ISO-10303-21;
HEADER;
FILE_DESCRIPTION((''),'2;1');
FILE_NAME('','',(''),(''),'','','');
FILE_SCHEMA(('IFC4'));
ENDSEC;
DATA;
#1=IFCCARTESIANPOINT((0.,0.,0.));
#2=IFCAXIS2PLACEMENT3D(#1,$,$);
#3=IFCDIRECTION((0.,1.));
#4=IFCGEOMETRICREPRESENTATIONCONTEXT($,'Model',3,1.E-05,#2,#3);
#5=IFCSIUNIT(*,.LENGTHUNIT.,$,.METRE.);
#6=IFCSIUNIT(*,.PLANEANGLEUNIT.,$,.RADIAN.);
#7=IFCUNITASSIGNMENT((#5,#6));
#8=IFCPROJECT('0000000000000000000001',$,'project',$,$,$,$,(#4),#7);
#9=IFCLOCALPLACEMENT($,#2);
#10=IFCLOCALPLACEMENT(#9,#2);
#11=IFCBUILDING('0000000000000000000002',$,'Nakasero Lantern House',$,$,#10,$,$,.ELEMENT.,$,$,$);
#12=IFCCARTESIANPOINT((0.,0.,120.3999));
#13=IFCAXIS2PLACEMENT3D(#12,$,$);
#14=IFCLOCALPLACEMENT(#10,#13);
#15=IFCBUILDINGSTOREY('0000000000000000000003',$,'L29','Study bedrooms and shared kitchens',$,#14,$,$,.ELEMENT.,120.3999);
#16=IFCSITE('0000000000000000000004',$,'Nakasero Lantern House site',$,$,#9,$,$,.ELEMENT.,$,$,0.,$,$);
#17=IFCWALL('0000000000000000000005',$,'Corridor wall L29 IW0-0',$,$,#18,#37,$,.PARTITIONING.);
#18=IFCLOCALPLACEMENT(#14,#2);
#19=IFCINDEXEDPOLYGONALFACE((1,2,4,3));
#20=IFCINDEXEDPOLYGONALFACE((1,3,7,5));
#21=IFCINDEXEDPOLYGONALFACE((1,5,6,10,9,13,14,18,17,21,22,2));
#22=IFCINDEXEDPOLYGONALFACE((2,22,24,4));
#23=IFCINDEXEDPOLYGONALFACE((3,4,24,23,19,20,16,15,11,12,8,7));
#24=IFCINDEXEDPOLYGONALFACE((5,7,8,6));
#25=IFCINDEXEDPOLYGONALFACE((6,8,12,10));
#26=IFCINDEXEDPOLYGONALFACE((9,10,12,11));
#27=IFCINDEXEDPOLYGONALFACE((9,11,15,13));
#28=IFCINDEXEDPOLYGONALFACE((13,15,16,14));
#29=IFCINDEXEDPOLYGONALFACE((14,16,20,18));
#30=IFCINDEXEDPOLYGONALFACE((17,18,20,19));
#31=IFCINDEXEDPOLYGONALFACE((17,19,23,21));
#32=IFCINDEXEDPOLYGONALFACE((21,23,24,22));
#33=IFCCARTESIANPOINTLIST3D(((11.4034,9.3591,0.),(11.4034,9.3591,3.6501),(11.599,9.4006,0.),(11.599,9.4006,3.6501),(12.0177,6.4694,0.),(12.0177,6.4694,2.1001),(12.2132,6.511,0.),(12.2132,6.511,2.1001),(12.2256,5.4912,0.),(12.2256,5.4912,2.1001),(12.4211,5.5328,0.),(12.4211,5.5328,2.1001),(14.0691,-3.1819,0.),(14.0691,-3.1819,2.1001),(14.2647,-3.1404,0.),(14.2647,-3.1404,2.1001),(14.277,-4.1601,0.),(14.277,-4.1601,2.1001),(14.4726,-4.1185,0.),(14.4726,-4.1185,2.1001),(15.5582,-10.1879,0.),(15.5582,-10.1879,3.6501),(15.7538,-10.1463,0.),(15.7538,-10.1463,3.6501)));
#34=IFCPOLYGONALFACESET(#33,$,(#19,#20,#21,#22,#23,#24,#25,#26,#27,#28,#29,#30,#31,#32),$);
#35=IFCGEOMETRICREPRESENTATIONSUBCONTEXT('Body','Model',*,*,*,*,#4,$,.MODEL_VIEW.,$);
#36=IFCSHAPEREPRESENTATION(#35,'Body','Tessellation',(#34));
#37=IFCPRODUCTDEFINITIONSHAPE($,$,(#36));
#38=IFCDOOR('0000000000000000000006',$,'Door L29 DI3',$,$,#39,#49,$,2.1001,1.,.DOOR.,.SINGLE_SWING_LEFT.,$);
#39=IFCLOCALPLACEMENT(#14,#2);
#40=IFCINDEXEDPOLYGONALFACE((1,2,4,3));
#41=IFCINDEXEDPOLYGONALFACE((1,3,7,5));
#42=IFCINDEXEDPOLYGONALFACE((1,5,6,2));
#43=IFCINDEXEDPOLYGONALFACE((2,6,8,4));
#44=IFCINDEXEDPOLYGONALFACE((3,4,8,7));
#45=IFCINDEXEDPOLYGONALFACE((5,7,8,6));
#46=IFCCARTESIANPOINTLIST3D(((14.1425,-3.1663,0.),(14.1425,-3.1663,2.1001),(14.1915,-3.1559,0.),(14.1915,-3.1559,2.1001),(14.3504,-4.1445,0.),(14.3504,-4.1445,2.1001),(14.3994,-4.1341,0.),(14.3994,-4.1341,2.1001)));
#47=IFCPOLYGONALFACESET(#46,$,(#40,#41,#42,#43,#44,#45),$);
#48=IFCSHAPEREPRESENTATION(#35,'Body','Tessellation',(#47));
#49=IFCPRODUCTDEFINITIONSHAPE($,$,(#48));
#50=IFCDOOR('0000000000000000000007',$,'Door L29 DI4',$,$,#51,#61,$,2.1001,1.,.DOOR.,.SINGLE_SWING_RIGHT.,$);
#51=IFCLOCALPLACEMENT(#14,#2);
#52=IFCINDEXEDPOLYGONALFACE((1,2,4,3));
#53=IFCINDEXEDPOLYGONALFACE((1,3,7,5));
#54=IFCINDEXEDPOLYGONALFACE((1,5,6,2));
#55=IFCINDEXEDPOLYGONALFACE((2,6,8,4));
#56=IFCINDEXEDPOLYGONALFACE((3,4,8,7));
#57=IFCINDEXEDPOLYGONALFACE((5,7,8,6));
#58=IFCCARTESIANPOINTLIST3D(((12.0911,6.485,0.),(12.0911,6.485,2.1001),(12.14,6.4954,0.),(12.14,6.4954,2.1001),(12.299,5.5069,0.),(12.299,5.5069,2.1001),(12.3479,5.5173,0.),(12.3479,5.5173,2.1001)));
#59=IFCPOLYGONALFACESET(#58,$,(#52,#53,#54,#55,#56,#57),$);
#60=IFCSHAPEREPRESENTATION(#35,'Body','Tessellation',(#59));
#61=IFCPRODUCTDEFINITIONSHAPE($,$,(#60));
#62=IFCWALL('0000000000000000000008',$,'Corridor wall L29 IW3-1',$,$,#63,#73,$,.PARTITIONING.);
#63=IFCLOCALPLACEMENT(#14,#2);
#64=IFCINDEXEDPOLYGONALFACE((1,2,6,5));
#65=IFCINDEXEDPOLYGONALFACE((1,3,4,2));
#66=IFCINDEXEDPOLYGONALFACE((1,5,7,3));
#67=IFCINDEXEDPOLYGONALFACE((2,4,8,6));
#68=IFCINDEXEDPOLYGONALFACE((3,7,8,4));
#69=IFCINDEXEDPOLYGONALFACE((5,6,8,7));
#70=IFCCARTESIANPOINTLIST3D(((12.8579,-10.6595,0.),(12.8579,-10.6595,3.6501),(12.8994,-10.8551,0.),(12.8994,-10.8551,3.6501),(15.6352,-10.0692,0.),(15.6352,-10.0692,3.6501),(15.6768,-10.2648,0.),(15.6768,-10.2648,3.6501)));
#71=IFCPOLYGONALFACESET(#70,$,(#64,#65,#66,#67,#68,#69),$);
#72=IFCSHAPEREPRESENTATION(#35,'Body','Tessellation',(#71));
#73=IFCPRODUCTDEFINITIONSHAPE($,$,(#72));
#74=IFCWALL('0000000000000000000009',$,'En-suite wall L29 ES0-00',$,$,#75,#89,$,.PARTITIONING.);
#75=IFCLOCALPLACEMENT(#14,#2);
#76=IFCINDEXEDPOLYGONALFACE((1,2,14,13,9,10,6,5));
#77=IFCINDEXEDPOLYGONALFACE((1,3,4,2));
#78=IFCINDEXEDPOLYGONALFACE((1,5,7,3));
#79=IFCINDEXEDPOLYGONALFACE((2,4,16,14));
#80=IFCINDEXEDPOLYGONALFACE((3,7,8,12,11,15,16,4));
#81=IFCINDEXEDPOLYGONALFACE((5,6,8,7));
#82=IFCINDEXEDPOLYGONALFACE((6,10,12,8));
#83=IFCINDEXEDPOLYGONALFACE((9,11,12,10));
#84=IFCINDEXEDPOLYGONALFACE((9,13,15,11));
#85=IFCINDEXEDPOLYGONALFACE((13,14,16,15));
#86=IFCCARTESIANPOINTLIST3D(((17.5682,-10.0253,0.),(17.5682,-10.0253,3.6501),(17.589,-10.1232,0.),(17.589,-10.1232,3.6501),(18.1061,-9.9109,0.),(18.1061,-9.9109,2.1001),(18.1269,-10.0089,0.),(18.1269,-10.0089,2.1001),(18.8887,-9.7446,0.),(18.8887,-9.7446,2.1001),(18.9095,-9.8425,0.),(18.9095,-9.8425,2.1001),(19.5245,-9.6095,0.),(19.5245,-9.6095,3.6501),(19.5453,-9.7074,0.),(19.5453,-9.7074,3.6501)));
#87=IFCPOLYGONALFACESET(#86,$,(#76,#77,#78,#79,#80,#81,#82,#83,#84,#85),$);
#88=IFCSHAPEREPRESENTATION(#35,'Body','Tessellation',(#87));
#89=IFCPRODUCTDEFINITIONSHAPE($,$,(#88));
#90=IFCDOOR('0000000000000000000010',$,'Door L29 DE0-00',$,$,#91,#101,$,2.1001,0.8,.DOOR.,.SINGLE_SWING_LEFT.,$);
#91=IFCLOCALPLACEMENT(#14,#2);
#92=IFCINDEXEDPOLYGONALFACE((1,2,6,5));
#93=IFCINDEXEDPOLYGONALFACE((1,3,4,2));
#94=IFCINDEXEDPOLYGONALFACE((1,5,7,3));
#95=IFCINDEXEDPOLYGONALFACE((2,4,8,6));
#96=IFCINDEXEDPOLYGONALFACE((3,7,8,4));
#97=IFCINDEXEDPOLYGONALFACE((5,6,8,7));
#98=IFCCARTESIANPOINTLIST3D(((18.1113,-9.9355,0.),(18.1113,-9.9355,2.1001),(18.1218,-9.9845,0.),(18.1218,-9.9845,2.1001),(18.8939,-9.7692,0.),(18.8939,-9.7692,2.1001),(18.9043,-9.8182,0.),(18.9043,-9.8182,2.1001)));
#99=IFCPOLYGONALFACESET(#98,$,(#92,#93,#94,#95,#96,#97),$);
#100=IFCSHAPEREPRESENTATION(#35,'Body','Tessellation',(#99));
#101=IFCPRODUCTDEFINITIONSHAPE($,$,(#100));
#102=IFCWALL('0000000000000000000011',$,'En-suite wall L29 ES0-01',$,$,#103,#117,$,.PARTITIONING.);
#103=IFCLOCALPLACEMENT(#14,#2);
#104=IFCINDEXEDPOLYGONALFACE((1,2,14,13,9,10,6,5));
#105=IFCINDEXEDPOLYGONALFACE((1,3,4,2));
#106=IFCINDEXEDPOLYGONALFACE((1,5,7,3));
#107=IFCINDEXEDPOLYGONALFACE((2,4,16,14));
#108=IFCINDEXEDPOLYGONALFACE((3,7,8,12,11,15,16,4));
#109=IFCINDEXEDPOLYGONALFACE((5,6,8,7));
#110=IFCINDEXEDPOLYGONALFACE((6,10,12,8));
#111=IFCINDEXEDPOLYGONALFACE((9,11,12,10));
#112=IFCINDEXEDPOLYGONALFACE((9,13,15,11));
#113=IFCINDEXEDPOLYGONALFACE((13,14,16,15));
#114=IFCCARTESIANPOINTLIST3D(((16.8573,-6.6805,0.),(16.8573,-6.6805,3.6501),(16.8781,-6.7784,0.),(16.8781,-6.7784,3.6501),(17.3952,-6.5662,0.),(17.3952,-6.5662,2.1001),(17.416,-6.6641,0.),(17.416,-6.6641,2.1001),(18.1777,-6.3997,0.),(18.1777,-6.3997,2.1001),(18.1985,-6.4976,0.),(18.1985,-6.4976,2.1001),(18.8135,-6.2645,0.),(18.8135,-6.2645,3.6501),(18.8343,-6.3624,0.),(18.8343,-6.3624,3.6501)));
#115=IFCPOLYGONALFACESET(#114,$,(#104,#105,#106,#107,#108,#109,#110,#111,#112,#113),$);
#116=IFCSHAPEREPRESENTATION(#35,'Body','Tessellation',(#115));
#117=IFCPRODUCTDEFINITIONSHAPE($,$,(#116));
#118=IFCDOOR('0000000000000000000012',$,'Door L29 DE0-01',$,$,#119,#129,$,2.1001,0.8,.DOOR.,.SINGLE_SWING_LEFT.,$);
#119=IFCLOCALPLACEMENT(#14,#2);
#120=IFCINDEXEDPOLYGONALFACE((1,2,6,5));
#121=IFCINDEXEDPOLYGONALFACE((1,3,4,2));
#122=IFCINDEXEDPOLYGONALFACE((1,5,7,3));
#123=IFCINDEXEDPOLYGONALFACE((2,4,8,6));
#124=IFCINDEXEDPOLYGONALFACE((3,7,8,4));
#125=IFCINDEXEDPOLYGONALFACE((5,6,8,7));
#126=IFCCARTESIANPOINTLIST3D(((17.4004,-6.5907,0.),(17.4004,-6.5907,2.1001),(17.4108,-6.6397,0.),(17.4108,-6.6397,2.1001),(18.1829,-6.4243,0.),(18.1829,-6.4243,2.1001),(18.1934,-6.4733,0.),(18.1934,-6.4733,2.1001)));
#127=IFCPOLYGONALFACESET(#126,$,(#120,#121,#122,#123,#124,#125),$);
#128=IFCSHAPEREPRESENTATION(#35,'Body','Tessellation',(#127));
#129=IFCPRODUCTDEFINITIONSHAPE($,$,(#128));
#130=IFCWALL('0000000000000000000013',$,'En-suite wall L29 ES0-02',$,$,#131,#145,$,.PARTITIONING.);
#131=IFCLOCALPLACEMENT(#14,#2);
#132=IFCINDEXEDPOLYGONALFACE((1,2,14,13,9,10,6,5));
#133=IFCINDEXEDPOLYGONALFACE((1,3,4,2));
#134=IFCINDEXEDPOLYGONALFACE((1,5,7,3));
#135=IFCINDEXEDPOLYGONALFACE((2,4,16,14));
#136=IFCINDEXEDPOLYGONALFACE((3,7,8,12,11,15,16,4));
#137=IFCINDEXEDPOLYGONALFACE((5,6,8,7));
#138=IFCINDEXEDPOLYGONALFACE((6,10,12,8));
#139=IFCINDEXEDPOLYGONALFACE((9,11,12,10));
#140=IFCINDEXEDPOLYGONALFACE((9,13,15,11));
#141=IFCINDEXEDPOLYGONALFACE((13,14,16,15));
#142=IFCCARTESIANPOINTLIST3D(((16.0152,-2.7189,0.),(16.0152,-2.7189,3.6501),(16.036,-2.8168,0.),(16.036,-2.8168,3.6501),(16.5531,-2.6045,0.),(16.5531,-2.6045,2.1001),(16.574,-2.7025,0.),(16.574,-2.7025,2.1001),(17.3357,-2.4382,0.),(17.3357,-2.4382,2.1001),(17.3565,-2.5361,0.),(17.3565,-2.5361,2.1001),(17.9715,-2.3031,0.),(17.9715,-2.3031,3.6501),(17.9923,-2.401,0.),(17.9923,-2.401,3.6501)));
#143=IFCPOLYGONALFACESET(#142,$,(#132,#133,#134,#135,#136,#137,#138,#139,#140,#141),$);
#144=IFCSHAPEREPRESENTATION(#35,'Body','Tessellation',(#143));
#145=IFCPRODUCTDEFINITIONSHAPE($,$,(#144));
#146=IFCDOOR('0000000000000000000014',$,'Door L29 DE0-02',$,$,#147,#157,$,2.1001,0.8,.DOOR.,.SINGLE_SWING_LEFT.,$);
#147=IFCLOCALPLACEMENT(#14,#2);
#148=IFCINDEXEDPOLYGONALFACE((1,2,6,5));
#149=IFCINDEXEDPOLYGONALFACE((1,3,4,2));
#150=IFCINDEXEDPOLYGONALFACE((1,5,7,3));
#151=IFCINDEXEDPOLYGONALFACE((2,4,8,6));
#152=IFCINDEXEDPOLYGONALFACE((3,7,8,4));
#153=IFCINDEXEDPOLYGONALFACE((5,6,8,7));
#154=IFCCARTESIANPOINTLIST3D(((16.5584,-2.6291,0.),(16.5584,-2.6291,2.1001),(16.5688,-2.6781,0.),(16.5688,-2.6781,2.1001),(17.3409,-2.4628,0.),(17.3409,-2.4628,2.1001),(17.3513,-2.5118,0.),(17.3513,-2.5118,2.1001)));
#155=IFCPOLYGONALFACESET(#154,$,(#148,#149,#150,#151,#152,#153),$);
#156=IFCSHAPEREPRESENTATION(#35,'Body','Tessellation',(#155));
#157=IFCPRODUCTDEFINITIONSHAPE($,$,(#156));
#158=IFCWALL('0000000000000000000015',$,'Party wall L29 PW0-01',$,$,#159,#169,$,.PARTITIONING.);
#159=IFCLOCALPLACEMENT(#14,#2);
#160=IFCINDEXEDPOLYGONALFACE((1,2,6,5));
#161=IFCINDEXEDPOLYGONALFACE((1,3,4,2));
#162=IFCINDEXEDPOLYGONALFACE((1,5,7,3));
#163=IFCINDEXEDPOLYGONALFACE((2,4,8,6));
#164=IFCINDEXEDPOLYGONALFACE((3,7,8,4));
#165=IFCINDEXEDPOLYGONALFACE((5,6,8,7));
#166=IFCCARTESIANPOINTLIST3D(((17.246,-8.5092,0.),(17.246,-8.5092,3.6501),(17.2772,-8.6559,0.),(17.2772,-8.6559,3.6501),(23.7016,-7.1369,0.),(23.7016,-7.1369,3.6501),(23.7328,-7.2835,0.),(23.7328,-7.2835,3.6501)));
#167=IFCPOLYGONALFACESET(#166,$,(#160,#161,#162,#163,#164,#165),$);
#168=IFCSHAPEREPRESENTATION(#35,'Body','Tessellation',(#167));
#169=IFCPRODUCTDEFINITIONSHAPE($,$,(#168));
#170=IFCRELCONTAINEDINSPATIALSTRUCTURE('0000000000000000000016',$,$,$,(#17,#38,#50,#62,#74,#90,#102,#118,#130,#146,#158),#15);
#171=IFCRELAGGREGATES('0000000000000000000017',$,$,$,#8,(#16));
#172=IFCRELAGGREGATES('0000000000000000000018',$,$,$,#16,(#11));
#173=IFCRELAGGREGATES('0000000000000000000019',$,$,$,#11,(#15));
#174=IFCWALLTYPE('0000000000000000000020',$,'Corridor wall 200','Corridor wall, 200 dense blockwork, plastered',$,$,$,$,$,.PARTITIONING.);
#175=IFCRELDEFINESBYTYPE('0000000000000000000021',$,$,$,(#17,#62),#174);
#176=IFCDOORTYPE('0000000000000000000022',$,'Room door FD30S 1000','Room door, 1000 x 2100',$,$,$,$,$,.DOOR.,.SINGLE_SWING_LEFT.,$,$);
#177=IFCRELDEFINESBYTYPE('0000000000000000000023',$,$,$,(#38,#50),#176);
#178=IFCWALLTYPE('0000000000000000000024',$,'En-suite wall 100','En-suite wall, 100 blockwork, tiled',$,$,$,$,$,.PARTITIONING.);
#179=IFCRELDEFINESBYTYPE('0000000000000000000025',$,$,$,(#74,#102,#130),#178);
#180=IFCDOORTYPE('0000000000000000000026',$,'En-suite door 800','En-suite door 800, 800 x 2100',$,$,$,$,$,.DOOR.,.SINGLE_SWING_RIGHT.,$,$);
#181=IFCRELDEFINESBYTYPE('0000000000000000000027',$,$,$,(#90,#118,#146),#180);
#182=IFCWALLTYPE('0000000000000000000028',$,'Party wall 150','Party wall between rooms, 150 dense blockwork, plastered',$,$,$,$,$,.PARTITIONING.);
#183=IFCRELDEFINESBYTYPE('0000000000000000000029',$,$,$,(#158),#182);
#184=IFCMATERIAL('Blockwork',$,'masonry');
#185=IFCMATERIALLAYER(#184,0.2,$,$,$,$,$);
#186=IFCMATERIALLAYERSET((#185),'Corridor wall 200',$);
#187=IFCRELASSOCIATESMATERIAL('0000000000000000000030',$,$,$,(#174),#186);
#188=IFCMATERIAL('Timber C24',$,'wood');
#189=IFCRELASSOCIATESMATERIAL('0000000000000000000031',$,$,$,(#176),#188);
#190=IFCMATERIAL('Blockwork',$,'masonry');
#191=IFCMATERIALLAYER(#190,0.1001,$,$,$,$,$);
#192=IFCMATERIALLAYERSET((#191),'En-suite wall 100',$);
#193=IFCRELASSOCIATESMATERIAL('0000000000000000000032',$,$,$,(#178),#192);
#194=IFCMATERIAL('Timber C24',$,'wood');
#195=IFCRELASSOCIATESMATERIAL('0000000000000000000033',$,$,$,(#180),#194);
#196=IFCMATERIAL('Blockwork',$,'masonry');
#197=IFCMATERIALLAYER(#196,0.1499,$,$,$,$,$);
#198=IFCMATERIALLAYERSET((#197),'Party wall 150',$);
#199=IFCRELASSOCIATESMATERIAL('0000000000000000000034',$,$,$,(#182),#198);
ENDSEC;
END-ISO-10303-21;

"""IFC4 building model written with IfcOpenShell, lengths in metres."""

from ifc_helpers import new_model, si_unit, direction, frame, frame_2d, origin, place, context, subcontext, project, spatial, rectangle, extrude, material, layer, layer_set, type_object, element, fill, save


model = new_model("IFC4")

# Units and contexts
model_context = context("Model", 3, precision=1e-05, world=origin(), true_north=direction((0.0, 1.0)))
body_context = subcontext(model_context, "Body", "Model", "MODEL_VIEW")
ifc_project = project(units=[si_unit("LENGTHUNIT", "METRE"), si_unit("PLANEANGLEUNIT", "RADIAN")], contexts=[model_context])

# Site, building, storey
site_placement = place(None, origin())
site = spatial("IfcSite", under=ifc_project, at=site_placement, Name="Nakasero Lantern House site", CompositionType="ELEMENT", RefElevation=0.0)
building_placement = place(site_placement, origin())
building = spatial("IfcBuilding", under=site, at=building_placement, Name="Nakasero Lantern House", CompositionType="ELEMENT")
storey_placement = place(building_placement, frame((0.0, 0.0, 120.3999)))
storey = spatial("IfcBuildingStorey", under=building, at=storey_placement, Name="L29", Description="Study bedrooms and shared kitchens", CompositionType="ELEMENT", Elevation=120.3999)

# Wall, openings, doors
ifc_material_1 = material(Name="Blockwork", Category="masonry")
ifc_layer_1 = layer(ifc_material_1, 0.2)
ifc_layer_set_1 = layer_set([ifc_layer_1], Name="Corridor wall 200")
wall_type_1 = type_object("IfcWallType", Name="Corridor wall 200", Description="Corridor wall, 200 dense blockwork, plastered", PredefinedType="PARTITIONING", material=ifc_layer_set_1)
wall_1_placement = place(storey_placement, frame((15.656, -10.167, 0.0), z_axis=(0.0, 0.0, 1.0), x_axis=(-0.20791, 0.978148, 0.0)))
wall_1 = element("IfcWall", 1, at=wall_1_placement, inside=storey, type_object=wall_type_1, Name="Corridor wall L29 IW0-0", PredefinedType="PARTITIONING", context=body_context, shape_type="SweptSolid", body=[
    extrude(rectangle(XDim=19.9836, YDim=0.2, at=frame_2d((9.9917, 0.0))), origin(), (0.0, 0.0, 1.0), 3.6501),
])
opening_1_placement = place(wall_1_placement, frame((6.1624, 0.0, 0.0)))
opening_1 = element("IfcOpeningElement", 2, at=opening_1_placement, cuts=wall_1, PredefinedType="OPENING", context=body_context, shape_type="SweptSolid", body=[
    extrude(rectangle(XDim=1.0, YDim=2.1001, at=frame_2d((0.5, 1.05))), frame((0.0, 0.1199, 0.0), z_axis=(0.0, -1.0, 0.0), x_axis=(1.0, 0.0, 0.0)), (0.0, 0.0, 1.0), 0.24),
])
opening_2_placement = place(wall_1_placement, frame((16.0293, 0.0, 0.0)))
opening_2 = element("IfcOpeningElement", 3, at=opening_2_placement, cuts=wall_1, PredefinedType="OPENING", context=body_context, shape_type="SweptSolid", body=[
    extrude(rectangle(XDim=1.0, YDim=2.1001, at=frame_2d((0.5, 1.05))), frame((0.0, 0.1199, 0.0), z_axis=(0.0, -1.0, 0.0), x_axis=(1.0, 0.0, 0.0)), (0.0, 0.0, 1.0), 0.24),
])
ifc_material_2 = material(Name="Timber C24", Category="wood")
door_type_1 = type_object("IfcDoorType", Name="Room door FD30S 1000", Description="Room door, 1000 x 2100", OperationType="SINGLE_SWING_LEFT", PredefinedType="DOOR", material=ifc_material_2)
door_1_placement = place(opening_1_placement, origin())
door_1 = element("IfcDoor", 4, at=door_1_placement, inside=storey, type_object=door_type_1, Name="Door L29 DI3", OperationType="SINGLE_SWING_LEFT", OverallHeight=2.1001, OverallWidth=1.0, PredefinedType="DOOR", context=body_context, shape_type="SweptSolid", body=[
    extrude(rectangle(XDim=1.0, YDim=2.1001, at=frame_2d((0.5, 1.05))), frame((0.0, 0.0249, 0.0), z_axis=(0.0, -1.0, 0.0), x_axis=(1.0, 0.0, 0.0)), (0.0, 0.0, 1.0), 0.05),
])
fill(opening_1, door_1)
door_2_placement = place(opening_2_placement, origin())
door_2 = element("IfcDoor", 5, at=door_2_placement, inside=storey, type_object=door_type_1, Name="Door L29 DI4", OperationType="SINGLE_SWING_RIGHT", OverallHeight=2.1001, OverallWidth=1.0, PredefinedType="DOOR", context=body_context, shape_type="SweptSolid", body=[
    extrude(rectangle(XDim=1.0, YDim=2.1001, at=frame_2d((0.5, 1.05))), frame((0.0, 0.0249, 0.0), z_axis=(0.0, -1.0, 0.0), x_axis=(1.0, 0.0, 0.0)), (0.0, 0.0, 1.0), 0.05),
])
fill(opening_2, door_2)

# Wall
wall_2_placement = place(storey_placement, frame((12.8787, -10.7573, 0.0), z_axis=(0.0, 0.0, 1.0), x_axis=(0.978148, 0.207908, 0.0)))
element("IfcWall", 6, at=wall_2_placement, inside=storey, type_object=wall_type_1, Name="Corridor wall L29 IW3-1", PredefinedType="PARTITIONING", context=body_context, shape_type="SweptSolid", body=[
    extrude(rectangle(XDim=2.8394, YDim=0.2, at=frame_2d((1.4197, 0.0))), origin(), (0.0, 0.0, 1.0), 3.6501),
])

# Walls, openings, doors
ifc_material_3 = material(Name="Blockwork", Category="masonry")
ifc_layer_2 = layer(ifc_material_3, 0.1001)
ifc_layer_set_2 = layer_set([ifc_layer_2], Name="En-suite wall 100")
wall_type_2 = type_object("IfcWallType", Name="En-suite wall 100", Description="En-suite wall, 100 blockwork, tiled", PredefinedType="PARTITIONING", material=ifc_layer_set_2)
wall_3_placement = place(storey_placement, frame((17.5786, -10.0742, 0.0), z_axis=(0.0, 0.0, 1.0), x_axis=(0.978153, 0.207886, 0.0)))
wall_3 = element("IfcWall", 7, at=wall_3_placement, inside=storey, type_object=wall_type_2, Name="En-suite wall L29 ES0-00", PredefinedType="PARTITIONING", context=body_context, shape_type="SweptSolid", body=[
    extrude(rectangle(XDim=2.0, YDim=0.1001, at=frame_2d((1.0, 0.0))), origin(), (0.0, 0.0, 1.0), 3.6501),
])
opening_3_placement = place(wall_3_placement, frame((0.55, 0.0, 0.0)))
opening_3 = element("IfcOpeningElement", 8, at=opening_3_placement, cuts=wall_3, PredefinedType="OPENING", context=body_context, shape_type="SweptSolid", body=[
    extrude(rectangle(XDim=0.8, YDim=2.1001, at=frame_2d((0.3999, 1.05))), frame((0.0, 0.0701, 0.0), z_axis=(0.0, -1.0, 0.0), x_axis=(1.0, 0.0, 0.0)), (0.0, 0.0, 1.0), 0.1401),
])
ifc_material_4 = material(Name="Timber C24", Category="wood")
door_type_2 = type_object("IfcDoorType", Name="En-suite door 800", Description="En-suite door 800, 800 x 2100", OperationType="SINGLE_SWING_RIGHT", PredefinedType="DOOR", material=ifc_material_4)
door_3_placement = place(opening_3_placement, origin())
door_3 = element("IfcDoor", 9, at=door_3_placement, inside=storey, type_object=door_type_2, Name="Door L29 DE0-00", OperationType="SINGLE_SWING_LEFT", OverallHeight=2.1001, OverallWidth=0.8, PredefinedType="DOOR", context=body_context, shape_type="SweptSolid", body=[
    extrude(rectangle(XDim=0.8, YDim=2.1001, at=frame_2d((0.3999, 1.05))), frame((0.0, 0.0249, 0.0), z_axis=(0.0, -1.0, 0.0), x_axis=(1.0, 0.0, 0.0)), (0.0, 0.0, 1.0), 0.05),
])
fill(opening_3, door_3)
wall_4_placement = place(storey_placement, frame((16.8677, -6.7295, 0.0), z_axis=(0.0, 0.0, 1.0), x_axis=(0.978128, 0.208003, 0.0)))
wall_4 = element("IfcWall", 10, at=wall_4_placement, inside=storey, type_object=wall_type_2, Name="En-suite wall L29 ES0-01", PredefinedType="PARTITIONING", context=body_context, shape_type="SweptSolid", body=[
    extrude(rectangle(XDim=2.0, YDim=0.1001, at=frame_2d((1.0, 0.0))), origin(), (0.0, 0.0, 1.0), 3.6501),
])
opening_4_placement = place(wall_4_placement, frame((0.55, 0.0, 0.0)))
opening_4 = element("IfcOpeningElement", 11, at=opening_4_placement, cuts=wall_4, PredefinedType="OPENING", context=body_context, shape_type="SweptSolid", body=[
    extrude(rectangle(XDim=0.8, YDim=2.1001, at=frame_2d((0.3999, 1.05))), frame((0.0, 0.0701, 0.0), z_axis=(0.0, -1.0, 0.0), x_axis=(1.0, 0.0, 0.0)), (0.0, 0.0, 1.0), 0.1401),
])
door_4_placement = place(opening_4_placement, origin())
door_4 = element("IfcDoor", 12, at=door_4_placement, inside=storey, type_object=door_type_2, Name="Door L29 DE0-01", OperationType="SINGLE_SWING_LEFT", OverallHeight=2.1001, OverallWidth=0.8, PredefinedType="DOOR", context=body_context, shape_type="SweptSolid", body=[
    extrude(rectangle(XDim=0.8, YDim=2.1001, at=frame_2d((0.3999, 1.05))), frame((0.0, 0.0249, 0.0), z_axis=(0.0, -1.0, 0.0), x_axis=(1.0, 0.0, 0.0)), (0.0, 0.0, 1.0), 0.05),
])
fill(opening_4, door_4)
wall_5_placement = place(storey_placement, frame((16.0256, -2.7678, 0.0), z_axis=(0.0, 0.0, 1.0), x_axis=(0.978153, 0.207886, 0.0)))
wall_5 = element("IfcWall", 13, at=wall_5_placement, inside=storey, type_object=wall_type_2, Name="En-suite wall L29 ES0-02", PredefinedType="PARTITIONING", context=body_context, shape_type="SweptSolid", body=[
    extrude(rectangle(XDim=2.0, YDim=0.1001, at=frame_2d((1.0, 0.0))), origin(), (0.0, 0.0, 1.0), 3.6501),
])
opening_5_placement = place(wall_5_placement, frame((0.55, 0.0, 0.0)))
opening_5 = element("IfcOpeningElement", 14, at=opening_5_placement, cuts=wall_5, PredefinedType="OPENING", context=body_context, shape_type="SweptSolid", body=[
    extrude(rectangle(XDim=0.8, YDim=2.1001, at=frame_2d((0.3999, 1.05))), frame((0.0, 0.0701, 0.0), z_axis=(0.0, -1.0, 0.0), x_axis=(1.0, 0.0, 0.0)), (0.0, 0.0, 1.0), 0.1401),
])
door_5_placement = place(opening_5_placement, origin())
door_5 = element("IfcDoor", 15, at=door_5_placement, inside=storey, type_object=door_type_2, Name="Door L29 DE0-02", OperationType="SINGLE_SWING_LEFT", OverallHeight=2.1001, OverallWidth=0.8, PredefinedType="DOOR", context=body_context, shape_type="SweptSolid", body=[
    extrude(rectangle(XDim=0.8, YDim=2.1001, at=frame_2d((0.3999, 1.05))), frame((0.0, 0.0249, 0.0), z_axis=(0.0, -1.0, 0.0), x_axis=(1.0, 0.0, 0.0)), (0.0, 0.0, 1.0), 0.05),
])
fill(opening_5, door_5)

# Wall
ifc_material_5 = material(Name="Blockwork", Category="masonry")
ifc_layer_3 = layer(ifc_material_5, 0.1499)
ifc_layer_set_3 = layer_set([ifc_layer_3], Name="Party wall 150")
wall_type_3 = type_object("IfcWallType", Name="Party wall 150", Description="Party wall between rooms, 150 dense blockwork, plastered", PredefinedType="PARTITIONING", material=ifc_layer_set_3)
wall_6_placement = place(storey_placement, frame((17.2617, -8.5825, 0.0), z_axis=(0.0, 0.0, 1.0), x_axis=(0.978143, 0.207932, 0.0)))
element("IfcWall", 16, at=wall_6_placement, inside=storey, type_object=wall_type_3, Name="Party wall L29 PW0-01", PredefinedType="PARTITIONING", context=body_context, shape_type="SweptSolid", body=[
    extrude(rectangle(XDim=6.5999, YDim=0.1499, at=frame_2d((3.2998, 0.0))), origin(), (0.0, 0.0, 1.0), 3.6501),
])

save(model, "model.ifc")
